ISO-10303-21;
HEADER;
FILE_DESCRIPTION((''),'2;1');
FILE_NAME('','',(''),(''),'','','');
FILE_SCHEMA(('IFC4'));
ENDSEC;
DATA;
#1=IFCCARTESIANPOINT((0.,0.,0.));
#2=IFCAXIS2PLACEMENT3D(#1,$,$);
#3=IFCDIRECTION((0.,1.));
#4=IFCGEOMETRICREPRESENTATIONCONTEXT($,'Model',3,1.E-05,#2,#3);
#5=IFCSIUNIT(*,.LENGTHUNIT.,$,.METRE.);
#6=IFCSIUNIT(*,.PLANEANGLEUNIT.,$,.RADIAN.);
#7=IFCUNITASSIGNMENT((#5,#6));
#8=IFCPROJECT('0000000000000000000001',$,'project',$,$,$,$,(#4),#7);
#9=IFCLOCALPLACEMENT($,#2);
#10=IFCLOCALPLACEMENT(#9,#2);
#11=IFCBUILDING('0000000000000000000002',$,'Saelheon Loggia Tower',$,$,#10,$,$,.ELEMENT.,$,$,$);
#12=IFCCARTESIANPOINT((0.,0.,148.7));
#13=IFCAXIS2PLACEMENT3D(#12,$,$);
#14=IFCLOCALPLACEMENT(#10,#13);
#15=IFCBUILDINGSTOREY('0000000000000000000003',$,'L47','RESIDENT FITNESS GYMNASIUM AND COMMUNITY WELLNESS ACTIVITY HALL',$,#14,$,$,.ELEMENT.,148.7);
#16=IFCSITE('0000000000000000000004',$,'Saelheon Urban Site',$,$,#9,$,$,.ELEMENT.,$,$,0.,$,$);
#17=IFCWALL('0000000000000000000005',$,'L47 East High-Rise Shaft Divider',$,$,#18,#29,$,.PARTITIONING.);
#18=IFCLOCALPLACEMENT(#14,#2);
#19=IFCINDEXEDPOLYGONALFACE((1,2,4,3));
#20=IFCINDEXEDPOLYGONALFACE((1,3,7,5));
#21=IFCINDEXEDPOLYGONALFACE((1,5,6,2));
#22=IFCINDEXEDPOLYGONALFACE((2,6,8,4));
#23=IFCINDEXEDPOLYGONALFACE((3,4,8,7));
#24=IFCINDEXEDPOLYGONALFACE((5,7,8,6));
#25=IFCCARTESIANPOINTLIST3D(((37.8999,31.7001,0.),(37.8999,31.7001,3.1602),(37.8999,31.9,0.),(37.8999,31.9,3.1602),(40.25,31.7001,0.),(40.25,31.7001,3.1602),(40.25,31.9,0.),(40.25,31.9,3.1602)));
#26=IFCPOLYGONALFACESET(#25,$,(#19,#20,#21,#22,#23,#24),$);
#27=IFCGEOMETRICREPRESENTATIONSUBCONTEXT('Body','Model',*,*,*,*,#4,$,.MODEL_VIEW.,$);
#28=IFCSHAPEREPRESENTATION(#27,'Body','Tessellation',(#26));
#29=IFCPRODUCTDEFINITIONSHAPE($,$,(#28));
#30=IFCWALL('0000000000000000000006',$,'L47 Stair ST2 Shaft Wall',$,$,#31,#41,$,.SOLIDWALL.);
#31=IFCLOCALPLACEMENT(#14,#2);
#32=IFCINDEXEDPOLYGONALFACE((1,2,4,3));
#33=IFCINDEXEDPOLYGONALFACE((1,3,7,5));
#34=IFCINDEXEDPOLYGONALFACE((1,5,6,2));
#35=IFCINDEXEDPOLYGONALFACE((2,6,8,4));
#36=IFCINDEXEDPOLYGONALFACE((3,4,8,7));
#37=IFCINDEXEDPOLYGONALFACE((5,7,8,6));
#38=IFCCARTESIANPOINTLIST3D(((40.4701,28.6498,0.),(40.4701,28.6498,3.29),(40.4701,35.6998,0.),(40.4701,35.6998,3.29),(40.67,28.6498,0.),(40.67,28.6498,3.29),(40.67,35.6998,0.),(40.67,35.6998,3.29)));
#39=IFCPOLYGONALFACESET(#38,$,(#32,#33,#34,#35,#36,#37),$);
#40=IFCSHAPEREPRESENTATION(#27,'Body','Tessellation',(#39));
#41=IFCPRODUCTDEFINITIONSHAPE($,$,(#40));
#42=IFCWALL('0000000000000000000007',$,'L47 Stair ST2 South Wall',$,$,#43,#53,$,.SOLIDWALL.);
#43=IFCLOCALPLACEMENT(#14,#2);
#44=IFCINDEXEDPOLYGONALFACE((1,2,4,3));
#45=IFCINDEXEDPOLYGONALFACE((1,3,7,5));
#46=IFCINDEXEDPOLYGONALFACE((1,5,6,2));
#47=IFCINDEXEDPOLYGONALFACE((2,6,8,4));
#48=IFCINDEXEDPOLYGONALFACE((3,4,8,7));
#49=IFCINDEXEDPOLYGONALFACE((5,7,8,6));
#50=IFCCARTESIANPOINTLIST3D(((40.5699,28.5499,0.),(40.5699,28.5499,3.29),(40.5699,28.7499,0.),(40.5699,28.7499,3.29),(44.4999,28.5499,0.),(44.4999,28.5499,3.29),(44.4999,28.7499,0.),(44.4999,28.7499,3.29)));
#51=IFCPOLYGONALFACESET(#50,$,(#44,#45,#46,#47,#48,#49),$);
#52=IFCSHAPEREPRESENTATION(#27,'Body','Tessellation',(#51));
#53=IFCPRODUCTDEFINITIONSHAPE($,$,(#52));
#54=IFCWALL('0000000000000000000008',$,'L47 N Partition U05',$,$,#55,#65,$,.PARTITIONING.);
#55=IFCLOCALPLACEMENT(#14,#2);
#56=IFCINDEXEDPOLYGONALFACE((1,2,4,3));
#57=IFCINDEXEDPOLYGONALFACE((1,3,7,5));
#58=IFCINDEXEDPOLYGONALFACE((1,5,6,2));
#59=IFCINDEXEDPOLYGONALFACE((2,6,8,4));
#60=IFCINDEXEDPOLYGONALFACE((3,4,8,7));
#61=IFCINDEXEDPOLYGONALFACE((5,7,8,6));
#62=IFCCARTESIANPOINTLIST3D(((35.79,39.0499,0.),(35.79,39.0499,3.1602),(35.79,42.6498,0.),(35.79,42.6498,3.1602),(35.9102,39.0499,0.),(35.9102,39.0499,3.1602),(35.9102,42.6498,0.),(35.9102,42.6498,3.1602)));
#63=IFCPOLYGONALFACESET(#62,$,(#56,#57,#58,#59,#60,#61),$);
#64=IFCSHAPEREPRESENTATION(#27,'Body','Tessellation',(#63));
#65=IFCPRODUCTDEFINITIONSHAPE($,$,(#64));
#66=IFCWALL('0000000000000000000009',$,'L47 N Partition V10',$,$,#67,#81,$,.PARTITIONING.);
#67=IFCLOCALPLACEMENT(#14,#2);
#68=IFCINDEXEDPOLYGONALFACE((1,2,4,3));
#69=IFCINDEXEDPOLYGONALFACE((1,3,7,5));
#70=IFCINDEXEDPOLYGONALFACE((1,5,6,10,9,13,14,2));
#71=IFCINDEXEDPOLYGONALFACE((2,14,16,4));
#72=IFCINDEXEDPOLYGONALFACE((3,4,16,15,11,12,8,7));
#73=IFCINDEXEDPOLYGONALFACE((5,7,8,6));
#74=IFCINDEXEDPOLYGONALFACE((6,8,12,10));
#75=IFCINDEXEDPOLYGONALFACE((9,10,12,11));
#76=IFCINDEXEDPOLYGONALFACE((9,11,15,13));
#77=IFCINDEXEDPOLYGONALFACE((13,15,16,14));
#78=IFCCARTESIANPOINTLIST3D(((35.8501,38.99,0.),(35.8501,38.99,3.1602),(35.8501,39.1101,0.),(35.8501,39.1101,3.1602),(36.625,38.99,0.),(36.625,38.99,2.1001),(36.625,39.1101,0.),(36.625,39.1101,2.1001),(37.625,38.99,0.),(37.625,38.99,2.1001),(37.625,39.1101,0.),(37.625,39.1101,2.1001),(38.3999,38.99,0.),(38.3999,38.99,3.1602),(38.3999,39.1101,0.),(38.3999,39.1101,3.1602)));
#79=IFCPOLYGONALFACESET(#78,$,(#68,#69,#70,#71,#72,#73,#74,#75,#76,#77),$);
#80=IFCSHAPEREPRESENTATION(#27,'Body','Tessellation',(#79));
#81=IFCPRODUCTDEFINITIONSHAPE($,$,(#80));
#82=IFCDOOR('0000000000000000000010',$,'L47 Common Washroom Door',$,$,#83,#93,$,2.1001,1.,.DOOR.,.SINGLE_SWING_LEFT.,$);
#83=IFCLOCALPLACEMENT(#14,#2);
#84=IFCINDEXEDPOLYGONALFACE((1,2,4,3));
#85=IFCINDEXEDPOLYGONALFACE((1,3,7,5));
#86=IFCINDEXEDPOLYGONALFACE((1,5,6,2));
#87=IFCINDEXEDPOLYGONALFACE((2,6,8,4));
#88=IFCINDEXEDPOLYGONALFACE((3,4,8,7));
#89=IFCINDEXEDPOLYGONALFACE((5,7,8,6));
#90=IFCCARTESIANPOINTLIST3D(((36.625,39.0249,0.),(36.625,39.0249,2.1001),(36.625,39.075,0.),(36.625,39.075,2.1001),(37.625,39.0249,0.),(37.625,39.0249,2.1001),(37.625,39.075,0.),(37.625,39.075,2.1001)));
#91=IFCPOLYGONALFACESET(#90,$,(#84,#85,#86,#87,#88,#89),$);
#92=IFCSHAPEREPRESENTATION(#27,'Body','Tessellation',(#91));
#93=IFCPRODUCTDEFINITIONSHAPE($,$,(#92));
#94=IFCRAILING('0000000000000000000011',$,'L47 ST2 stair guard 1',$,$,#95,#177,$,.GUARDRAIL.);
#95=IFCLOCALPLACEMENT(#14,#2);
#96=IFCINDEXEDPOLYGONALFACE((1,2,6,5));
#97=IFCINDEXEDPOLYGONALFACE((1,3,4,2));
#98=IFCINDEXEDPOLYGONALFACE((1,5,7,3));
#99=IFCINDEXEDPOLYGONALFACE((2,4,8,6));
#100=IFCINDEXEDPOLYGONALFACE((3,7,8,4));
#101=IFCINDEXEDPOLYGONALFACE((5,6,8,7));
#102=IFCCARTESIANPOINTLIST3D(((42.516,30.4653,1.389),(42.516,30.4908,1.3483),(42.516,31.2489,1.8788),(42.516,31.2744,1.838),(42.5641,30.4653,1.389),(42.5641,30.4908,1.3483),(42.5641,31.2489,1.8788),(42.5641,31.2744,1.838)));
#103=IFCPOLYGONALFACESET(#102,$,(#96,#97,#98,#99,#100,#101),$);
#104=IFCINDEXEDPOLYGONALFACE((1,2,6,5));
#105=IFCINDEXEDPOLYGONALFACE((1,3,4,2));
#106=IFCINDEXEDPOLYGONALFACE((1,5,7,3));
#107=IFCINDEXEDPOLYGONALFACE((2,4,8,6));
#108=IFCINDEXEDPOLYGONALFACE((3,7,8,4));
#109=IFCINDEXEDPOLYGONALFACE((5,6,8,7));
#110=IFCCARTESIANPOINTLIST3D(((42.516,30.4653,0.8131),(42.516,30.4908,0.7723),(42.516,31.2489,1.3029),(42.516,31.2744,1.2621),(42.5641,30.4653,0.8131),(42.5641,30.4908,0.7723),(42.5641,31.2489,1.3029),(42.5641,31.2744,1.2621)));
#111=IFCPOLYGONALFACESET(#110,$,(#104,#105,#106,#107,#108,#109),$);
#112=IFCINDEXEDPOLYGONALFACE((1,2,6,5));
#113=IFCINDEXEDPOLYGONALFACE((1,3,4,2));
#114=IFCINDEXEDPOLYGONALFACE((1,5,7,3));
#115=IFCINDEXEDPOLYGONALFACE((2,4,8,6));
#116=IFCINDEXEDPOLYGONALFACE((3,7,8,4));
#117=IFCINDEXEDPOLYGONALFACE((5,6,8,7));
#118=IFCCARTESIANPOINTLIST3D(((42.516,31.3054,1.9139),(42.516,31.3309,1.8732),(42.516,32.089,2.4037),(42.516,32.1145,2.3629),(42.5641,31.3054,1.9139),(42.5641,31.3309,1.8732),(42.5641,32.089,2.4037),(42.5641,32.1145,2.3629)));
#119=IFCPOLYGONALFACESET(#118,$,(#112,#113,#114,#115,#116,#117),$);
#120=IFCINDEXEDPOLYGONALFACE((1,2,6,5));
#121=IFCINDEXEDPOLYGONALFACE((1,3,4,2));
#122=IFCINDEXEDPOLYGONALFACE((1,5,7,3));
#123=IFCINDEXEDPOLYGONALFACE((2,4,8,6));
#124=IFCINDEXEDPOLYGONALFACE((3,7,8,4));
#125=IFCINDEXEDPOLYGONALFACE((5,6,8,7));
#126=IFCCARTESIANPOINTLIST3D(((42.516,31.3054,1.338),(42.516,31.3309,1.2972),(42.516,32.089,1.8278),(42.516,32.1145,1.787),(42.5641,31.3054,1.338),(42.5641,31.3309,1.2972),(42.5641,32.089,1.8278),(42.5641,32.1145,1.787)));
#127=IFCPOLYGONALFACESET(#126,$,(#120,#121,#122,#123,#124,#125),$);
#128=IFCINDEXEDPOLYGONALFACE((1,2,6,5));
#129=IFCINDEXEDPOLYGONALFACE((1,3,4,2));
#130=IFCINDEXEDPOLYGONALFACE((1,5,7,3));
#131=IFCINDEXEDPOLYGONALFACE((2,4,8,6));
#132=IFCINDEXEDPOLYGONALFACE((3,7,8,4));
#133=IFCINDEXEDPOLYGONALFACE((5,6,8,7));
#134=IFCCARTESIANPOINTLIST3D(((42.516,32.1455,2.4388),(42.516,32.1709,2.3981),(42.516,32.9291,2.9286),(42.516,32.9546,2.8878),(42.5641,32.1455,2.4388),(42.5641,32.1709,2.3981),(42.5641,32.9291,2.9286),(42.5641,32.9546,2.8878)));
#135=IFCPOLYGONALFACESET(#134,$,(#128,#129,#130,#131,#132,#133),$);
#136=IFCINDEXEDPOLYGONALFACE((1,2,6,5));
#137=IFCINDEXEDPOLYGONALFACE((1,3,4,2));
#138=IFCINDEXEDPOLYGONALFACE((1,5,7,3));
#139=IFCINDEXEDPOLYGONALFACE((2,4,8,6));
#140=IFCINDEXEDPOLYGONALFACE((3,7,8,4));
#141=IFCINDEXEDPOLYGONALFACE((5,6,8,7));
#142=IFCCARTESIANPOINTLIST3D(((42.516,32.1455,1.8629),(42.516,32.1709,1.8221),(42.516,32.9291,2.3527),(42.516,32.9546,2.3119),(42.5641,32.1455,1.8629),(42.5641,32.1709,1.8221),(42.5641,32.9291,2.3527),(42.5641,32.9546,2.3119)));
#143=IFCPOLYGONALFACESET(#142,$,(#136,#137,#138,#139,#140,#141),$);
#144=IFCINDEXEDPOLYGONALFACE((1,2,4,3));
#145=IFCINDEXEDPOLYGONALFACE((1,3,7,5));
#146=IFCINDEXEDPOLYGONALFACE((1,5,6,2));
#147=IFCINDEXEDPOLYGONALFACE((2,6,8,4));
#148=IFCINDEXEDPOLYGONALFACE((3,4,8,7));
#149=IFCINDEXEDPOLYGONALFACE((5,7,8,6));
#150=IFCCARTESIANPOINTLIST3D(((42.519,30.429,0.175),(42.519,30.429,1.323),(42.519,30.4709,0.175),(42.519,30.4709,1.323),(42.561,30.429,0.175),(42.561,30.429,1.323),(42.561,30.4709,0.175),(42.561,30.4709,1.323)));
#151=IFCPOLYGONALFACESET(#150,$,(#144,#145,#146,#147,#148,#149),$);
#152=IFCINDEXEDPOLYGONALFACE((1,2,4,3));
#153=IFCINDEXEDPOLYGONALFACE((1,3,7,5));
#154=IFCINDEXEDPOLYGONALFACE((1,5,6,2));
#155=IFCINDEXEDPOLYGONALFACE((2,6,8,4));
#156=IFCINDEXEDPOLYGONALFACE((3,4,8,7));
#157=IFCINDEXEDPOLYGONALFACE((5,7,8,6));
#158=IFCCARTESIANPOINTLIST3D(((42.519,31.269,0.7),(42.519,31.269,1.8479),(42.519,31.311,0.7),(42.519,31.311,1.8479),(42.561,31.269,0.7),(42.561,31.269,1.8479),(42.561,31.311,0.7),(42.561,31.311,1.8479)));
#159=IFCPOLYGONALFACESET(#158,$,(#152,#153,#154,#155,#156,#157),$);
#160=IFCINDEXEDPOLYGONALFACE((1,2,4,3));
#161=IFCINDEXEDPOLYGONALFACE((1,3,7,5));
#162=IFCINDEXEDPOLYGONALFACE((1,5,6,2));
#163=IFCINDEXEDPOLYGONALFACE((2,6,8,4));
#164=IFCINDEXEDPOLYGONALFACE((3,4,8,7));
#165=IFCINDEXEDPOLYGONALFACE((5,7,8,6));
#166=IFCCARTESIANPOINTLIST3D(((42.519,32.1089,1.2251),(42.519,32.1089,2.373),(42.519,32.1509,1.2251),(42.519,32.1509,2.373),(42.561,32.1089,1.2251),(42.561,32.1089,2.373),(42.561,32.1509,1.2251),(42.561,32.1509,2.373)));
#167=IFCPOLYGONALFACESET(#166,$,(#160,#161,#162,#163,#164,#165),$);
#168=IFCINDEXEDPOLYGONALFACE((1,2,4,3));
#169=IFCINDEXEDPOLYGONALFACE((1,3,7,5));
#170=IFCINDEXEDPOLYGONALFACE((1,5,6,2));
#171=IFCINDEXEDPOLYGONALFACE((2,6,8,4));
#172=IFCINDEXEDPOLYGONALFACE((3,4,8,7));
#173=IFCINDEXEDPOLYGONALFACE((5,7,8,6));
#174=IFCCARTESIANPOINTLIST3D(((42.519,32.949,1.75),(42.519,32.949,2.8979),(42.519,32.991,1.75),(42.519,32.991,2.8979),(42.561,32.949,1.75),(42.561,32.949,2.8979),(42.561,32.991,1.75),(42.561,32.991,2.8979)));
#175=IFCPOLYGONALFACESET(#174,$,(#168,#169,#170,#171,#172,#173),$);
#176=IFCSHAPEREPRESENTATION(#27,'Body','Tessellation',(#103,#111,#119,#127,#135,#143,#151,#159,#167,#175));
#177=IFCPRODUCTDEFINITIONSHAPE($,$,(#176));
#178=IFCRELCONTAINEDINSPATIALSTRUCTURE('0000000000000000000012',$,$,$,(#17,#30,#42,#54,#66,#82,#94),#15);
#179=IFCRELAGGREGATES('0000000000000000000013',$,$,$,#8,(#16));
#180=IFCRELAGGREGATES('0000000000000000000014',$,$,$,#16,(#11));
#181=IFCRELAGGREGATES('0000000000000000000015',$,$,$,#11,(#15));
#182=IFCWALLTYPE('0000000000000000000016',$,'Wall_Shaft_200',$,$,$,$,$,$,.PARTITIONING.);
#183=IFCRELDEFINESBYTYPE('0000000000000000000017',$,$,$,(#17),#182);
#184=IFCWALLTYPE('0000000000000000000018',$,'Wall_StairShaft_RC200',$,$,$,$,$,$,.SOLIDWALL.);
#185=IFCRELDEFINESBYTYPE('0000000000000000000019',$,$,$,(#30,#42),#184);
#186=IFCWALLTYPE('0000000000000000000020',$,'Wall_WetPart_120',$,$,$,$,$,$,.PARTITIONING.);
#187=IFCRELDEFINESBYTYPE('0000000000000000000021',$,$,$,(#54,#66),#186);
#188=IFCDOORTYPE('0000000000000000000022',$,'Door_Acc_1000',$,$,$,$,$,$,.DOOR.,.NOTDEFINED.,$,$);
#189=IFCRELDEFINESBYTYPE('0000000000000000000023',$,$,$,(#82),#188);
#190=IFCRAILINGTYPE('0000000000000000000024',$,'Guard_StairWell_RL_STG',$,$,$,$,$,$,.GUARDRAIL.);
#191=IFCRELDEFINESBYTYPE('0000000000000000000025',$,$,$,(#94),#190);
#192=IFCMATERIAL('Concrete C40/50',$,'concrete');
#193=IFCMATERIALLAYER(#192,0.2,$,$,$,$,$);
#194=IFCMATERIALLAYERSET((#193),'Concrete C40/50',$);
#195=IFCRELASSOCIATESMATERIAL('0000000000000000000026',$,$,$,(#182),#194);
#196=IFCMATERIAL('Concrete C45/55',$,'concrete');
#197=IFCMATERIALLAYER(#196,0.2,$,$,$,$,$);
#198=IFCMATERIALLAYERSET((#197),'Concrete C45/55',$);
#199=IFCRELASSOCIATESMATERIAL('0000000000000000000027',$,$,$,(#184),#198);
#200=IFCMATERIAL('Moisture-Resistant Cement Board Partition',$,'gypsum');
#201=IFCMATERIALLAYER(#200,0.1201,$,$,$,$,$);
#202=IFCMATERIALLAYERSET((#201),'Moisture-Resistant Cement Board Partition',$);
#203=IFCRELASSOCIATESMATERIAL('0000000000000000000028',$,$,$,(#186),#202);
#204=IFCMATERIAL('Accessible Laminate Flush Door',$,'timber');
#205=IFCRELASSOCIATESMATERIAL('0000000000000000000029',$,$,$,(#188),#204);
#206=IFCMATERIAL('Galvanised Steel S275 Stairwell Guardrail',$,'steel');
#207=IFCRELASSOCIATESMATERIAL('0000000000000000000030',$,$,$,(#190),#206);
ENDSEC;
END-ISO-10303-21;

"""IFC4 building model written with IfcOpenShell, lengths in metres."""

from ifc_helpers import new_model, si_unit, direction, frame, frame_2d, origin, origin_2d, place, context, subcontext, project, spatial, rectangle, extrude, source, transform, mapped, material, layer, layer_set, type_object, element, fill, save


model = new_model("IFC4")

# Units and contexts
model_context = context("Model", 3, precision=1e-05, world=origin(), true_north=direction((0.0, 1.0)))
body_context = subcontext(model_context, "Body", "Model", "MODEL_VIEW")
ifc_project = project(units=[si_unit("LENGTHUNIT", "METRE"), si_unit("PLANEANGLEUNIT", "RADIAN")], contexts=[model_context])

# Site, building, storey
site_placement = place(None, origin())
site = spatial("IfcSite", under=ifc_project, at=site_placement, Name="Saelheon Urban Site", CompositionType="ELEMENT", RefElevation=0.0)
building_placement = place(site_placement, origin())
building = spatial("IfcBuilding", under=site, at=building_placement, Name="Saelheon Loggia Tower", CompositionType="ELEMENT")
storey_placement = place(building_placement, frame((0.0, 0.0, 148.7)))
storey = spatial("IfcBuildingStorey", under=building, at=storey_placement, Name="L47", Description="RESIDENT FITNESS GYMNASIUM AND COMMUNITY WELLNESS ACTIVITY HALL", CompositionType="ELEMENT", Elevation=148.7)

# Walls
ifc_material_1 = material(Name="Concrete C40/50", Category="concrete")
ifc_layer_1 = layer(ifc_material_1, 0.2)
ifc_layer_set_1 = layer_set([ifc_layer_1], Name="Concrete C40/50")
wall_type_1 = type_object("IfcWallType", Name="Wall_Shaft_200", PredefinedType="PARTITIONING", material=ifc_layer_set_1)
wall_1_placement = place(storey_placement, frame((37.8999, 31.8, 0.0), z_axis=(0.0, 0.0, 1.0), x_axis=(1.0, 0.0, 0.0)))
element("IfcWall", 1, at=wall_1_placement, inside=storey, type_object=wall_type_1, Name="L47 East High-Rise Shaft Divider", PredefinedType="PARTITIONING", context=body_context, shape_type="SweptSolid", body=[
    extrude(rectangle(XDim=2.3501, YDim=0.2, at=frame_2d((1.175, 0.0))), origin(), (0.0, 0.0, 1.0), 3.1602),
])
ifc_material_2 = material(Name="Concrete C45/55", Category="concrete")
ifc_layer_2 = layer(ifc_material_2, 0.2)
ifc_layer_set_2 = layer_set([ifc_layer_2], Name="Concrete C45/55")
wall_type_2 = type_object("IfcWallType", Name="Wall_StairShaft_RC200", PredefinedType="SOLIDWALL", material=ifc_layer_set_2)
wall_2_placement = place(storey_placement, frame((40.5701, 28.6499, 0.0), z_axis=(0.0, 0.0, 1.0), x_axis=(0.0, 1.0, 0.0)))
element("IfcWall", 2, at=wall_2_placement, inside=storey, type_object=wall_type_2, Name="L47 Stair ST2 Shaft Wall", PredefinedType="SOLIDWALL", context=body_context, shape_type="SweptSolid", body=[
    extrude(rectangle(XDim=7.05, YDim=0.2, at=frame_2d((3.5249, 0.0))), origin(), (0.0, 0.0, 1.0), 3.29),
])
wall_3_placement = place(storey_placement, frame((40.5701, 28.6499, 0.0), z_axis=(0.0, 0.0, 1.0), x_axis=(1.0, 0.0, 0.0)))
element("IfcWall", 3, at=wall_3_placement, inside=storey, type_object=wall_type_2, Name="L47 Stair ST2 South Wall", PredefinedType="SOLIDWALL", context=body_context, shape_type="SweptSolid", body=[
    extrude(rectangle(XDim=3.9299, YDim=0.2, at=frame_2d((1.9648, 0.0))), origin(), (0.0, 0.0, 1.0), 3.29),
])
ifc_material_3 = material(Name="Moisture-Resistant Cement Board Partition", Category="gypsum")
ifc_layer_3 = layer(ifc_material_3, 0.1201)
ifc_layer_set_3 = layer_set([ifc_layer_3], Name="Moisture-Resistant Cement Board Partition")
wall_type_3 = type_object("IfcWallType", Name="Wall_WetPart_120", PredefinedType="PARTITIONING", material=ifc_layer_set_3)
wall_4_placement = place(storey_placement, frame((35.8501, 39.05, 0.0), z_axis=(0.0, 0.0, 1.0), x_axis=(0.0, 1.0, 0.0)))
element("IfcWall", 4, at=wall_4_placement, inside=storey, type_object=wall_type_3, Name="L47 N Partition U05", PredefinedType="PARTITIONING", context=body_context, shape_type="SweptSolid", body=[
    extrude(rectangle(XDim=3.5999, YDim=0.1201, at=frame_2d((1.7998, 0.0))), origin(), (0.0, 0.0, 1.0), 3.1602),
])

# Wall, opening, door
wall_5_placement = place(storey_placement, frame((35.8501, 39.05, 0.0), z_axis=(0.0, 0.0, 1.0), x_axis=(1.0, 0.0, 0.0)))
wall_5 = element("IfcWall", 5, at=wall_5_placement, inside=storey, type_object=wall_type_3, Name="L47 N Partition V10", PredefinedType="PARTITIONING", context=body_context, shape_type="SweptSolid", body=[
    extrude(rectangle(XDim=2.5498, YDim=0.1201, at=frame_2d((1.2749, 0.0))), origin(), (0.0, 0.0, 1.0), 3.1602),
])
opening_1_placement = place(wall_5_placement, frame((0.7749, 0.0, 0.0)))
opening_1 = element("IfcOpeningElement", 6, at=opening_1_placement, cuts=wall_5, PredefinedType="OPENING", context=body_context, shape_type="SweptSolid", body=[
    extrude(rectangle(XDim=1.0, YDim=2.1001, at=frame_2d((0.5, 1.05))), frame((0.0, 0.072, 0.0), z_axis=(0.0, -1.0, 0.0), x_axis=(1.0, 0.0, 0.0)), (0.0, 0.0, 1.0), 0.144),
])
ifc_material_4 = material(Name="Accessible Laminate Flush Door", Category="timber")
door_type_1 = type_object("IfcDoorType", Name="Door_Acc_1000", OperationType="NOTDEFINED", PredefinedType="DOOR", material=ifc_material_4)
shared_shape_1 = source(origin(), body_context, "Body", "SweptSolid", [
    extrude(rectangle(XDim=1.0, YDim=2.1001, at=frame_2d((0.5, 1.05))), frame((0.0, 0.0249, 0.0), z_axis=(0.0, -1.0, 0.0), x_axis=(1.0, 0.0, 0.0)), (0.0, 0.0, 1.0), 0.05),
])
door_1_placement = place(opening_1_placement, origin())
door_1 = element("IfcDoor", 7, at=door_1_placement, inside=storey, type_object=door_type_1, Name="L47 Common Washroom Door", OperationType="SINGLE_SWING_LEFT", OverallHeight=2.1001, OverallWidth=1.0, PredefinedType="DOOR", context=body_context, shape_type="MappedRepresentation", body=[
    mapped(shared_shape_1, transform((0.0, 0.0, 0.0), scale=1.0)),
])
fill(opening_1, door_1)

# Railing
ifc_material_5 = material(Name="Galvanised Steel S275 Stairwell Guardrail", Category="steel")
railing_type_1 = type_object("IfcRailingType", Name="Guard_StairWell_RL_STG", PredefinedType="GUARDRAIL", material=ifc_material_5)
railing_1_placement = place(storey_placement, frame((42.54, 30.45, 0.175)))
element("IfcRailing", 8, at=railing_1_placement, inside=storey, type_object=railing_type_1, Name="L47 ST2 stair guard 1", PredefinedType="GUARDRAIL", context=body_context, shape_type="SweptSolid", body=[
    extrude(rectangle(XDim=0.0481, YDim=0.0481, at=origin_2d()), frame((0.0, 0.0281, 1.1936), z_axis=(0.0, 0.848008, 0.529984), x_axis=(-1.0, 0.0, 0.0)), (0.0, 0.0, 1.0), 0.9241),
    extrude(rectangle(XDim=0.0481, YDim=0.0481, at=origin_2d()), frame((0.0, 0.0281, 0.6177), z_axis=(0.0, 0.848008, 0.529984), x_axis=(-1.0, 0.0, 0.0)), (0.0, 0.0, 1.0), 0.9241),
    extrude(rectangle(XDim=0.0481, YDim=0.0481, at=origin_2d()), frame((0.0, 0.8682, 1.7185), z_axis=(0.0, 0.848008, 0.529984), x_axis=(-1.0, 0.0, 0.0)), (0.0, 0.0, 1.0), 0.9241),
    extrude(rectangle(XDim=0.0481, YDim=0.0481, at=origin_2d()), frame((0.0, 0.8682, 1.1426), z_axis=(0.0, 0.848008, 0.529984), x_axis=(-1.0, 0.0, 0.0)), (0.0, 0.0, 1.0), 0.9241),
    extrude(rectangle(XDim=0.0481, YDim=0.0481, at=origin_2d()), frame((0.0, 1.7083, 2.2434), z_axis=(0.0, 0.848008, 0.529984), x_axis=(-1.0, 0.0, 0.0)), (0.0, 0.0, 1.0), 0.9241),
    extrude(rectangle(XDim=0.0481, YDim=0.0481, at=origin_2d()), frame((0.0, 1.7083, 1.6675), z_axis=(0.0, 0.848008, 0.529984), x_axis=(-1.0, 0.0, 0.0)), (0.0, 0.0, 1.0), 0.9241),
    extrude(rectangle(XDim=0.042, YDim=0.042, at=origin_2d()), origin(), (0.0, 0.0, 1.0), 1.1479),
    extrude(rectangle(XDim=0.042, YDim=0.042, at=origin_2d()), frame((0.0, 0.8401, 0.5249)), (0.0, 0.0, 1.0), 1.1479),
    extrude(rectangle(XDim=0.042, YDim=0.042, at=origin_2d()), frame((0.0, 1.6799, 1.05)), (0.0, 0.0, 1.0), 1.1479),
    extrude(rectangle(XDim=0.042, YDim=0.042, at=origin_2d()), frame((0.0, 2.52, 1.575)), (0.0, 0.0, 1.0), 1.1479),
])

save(model, "model.ifc")
